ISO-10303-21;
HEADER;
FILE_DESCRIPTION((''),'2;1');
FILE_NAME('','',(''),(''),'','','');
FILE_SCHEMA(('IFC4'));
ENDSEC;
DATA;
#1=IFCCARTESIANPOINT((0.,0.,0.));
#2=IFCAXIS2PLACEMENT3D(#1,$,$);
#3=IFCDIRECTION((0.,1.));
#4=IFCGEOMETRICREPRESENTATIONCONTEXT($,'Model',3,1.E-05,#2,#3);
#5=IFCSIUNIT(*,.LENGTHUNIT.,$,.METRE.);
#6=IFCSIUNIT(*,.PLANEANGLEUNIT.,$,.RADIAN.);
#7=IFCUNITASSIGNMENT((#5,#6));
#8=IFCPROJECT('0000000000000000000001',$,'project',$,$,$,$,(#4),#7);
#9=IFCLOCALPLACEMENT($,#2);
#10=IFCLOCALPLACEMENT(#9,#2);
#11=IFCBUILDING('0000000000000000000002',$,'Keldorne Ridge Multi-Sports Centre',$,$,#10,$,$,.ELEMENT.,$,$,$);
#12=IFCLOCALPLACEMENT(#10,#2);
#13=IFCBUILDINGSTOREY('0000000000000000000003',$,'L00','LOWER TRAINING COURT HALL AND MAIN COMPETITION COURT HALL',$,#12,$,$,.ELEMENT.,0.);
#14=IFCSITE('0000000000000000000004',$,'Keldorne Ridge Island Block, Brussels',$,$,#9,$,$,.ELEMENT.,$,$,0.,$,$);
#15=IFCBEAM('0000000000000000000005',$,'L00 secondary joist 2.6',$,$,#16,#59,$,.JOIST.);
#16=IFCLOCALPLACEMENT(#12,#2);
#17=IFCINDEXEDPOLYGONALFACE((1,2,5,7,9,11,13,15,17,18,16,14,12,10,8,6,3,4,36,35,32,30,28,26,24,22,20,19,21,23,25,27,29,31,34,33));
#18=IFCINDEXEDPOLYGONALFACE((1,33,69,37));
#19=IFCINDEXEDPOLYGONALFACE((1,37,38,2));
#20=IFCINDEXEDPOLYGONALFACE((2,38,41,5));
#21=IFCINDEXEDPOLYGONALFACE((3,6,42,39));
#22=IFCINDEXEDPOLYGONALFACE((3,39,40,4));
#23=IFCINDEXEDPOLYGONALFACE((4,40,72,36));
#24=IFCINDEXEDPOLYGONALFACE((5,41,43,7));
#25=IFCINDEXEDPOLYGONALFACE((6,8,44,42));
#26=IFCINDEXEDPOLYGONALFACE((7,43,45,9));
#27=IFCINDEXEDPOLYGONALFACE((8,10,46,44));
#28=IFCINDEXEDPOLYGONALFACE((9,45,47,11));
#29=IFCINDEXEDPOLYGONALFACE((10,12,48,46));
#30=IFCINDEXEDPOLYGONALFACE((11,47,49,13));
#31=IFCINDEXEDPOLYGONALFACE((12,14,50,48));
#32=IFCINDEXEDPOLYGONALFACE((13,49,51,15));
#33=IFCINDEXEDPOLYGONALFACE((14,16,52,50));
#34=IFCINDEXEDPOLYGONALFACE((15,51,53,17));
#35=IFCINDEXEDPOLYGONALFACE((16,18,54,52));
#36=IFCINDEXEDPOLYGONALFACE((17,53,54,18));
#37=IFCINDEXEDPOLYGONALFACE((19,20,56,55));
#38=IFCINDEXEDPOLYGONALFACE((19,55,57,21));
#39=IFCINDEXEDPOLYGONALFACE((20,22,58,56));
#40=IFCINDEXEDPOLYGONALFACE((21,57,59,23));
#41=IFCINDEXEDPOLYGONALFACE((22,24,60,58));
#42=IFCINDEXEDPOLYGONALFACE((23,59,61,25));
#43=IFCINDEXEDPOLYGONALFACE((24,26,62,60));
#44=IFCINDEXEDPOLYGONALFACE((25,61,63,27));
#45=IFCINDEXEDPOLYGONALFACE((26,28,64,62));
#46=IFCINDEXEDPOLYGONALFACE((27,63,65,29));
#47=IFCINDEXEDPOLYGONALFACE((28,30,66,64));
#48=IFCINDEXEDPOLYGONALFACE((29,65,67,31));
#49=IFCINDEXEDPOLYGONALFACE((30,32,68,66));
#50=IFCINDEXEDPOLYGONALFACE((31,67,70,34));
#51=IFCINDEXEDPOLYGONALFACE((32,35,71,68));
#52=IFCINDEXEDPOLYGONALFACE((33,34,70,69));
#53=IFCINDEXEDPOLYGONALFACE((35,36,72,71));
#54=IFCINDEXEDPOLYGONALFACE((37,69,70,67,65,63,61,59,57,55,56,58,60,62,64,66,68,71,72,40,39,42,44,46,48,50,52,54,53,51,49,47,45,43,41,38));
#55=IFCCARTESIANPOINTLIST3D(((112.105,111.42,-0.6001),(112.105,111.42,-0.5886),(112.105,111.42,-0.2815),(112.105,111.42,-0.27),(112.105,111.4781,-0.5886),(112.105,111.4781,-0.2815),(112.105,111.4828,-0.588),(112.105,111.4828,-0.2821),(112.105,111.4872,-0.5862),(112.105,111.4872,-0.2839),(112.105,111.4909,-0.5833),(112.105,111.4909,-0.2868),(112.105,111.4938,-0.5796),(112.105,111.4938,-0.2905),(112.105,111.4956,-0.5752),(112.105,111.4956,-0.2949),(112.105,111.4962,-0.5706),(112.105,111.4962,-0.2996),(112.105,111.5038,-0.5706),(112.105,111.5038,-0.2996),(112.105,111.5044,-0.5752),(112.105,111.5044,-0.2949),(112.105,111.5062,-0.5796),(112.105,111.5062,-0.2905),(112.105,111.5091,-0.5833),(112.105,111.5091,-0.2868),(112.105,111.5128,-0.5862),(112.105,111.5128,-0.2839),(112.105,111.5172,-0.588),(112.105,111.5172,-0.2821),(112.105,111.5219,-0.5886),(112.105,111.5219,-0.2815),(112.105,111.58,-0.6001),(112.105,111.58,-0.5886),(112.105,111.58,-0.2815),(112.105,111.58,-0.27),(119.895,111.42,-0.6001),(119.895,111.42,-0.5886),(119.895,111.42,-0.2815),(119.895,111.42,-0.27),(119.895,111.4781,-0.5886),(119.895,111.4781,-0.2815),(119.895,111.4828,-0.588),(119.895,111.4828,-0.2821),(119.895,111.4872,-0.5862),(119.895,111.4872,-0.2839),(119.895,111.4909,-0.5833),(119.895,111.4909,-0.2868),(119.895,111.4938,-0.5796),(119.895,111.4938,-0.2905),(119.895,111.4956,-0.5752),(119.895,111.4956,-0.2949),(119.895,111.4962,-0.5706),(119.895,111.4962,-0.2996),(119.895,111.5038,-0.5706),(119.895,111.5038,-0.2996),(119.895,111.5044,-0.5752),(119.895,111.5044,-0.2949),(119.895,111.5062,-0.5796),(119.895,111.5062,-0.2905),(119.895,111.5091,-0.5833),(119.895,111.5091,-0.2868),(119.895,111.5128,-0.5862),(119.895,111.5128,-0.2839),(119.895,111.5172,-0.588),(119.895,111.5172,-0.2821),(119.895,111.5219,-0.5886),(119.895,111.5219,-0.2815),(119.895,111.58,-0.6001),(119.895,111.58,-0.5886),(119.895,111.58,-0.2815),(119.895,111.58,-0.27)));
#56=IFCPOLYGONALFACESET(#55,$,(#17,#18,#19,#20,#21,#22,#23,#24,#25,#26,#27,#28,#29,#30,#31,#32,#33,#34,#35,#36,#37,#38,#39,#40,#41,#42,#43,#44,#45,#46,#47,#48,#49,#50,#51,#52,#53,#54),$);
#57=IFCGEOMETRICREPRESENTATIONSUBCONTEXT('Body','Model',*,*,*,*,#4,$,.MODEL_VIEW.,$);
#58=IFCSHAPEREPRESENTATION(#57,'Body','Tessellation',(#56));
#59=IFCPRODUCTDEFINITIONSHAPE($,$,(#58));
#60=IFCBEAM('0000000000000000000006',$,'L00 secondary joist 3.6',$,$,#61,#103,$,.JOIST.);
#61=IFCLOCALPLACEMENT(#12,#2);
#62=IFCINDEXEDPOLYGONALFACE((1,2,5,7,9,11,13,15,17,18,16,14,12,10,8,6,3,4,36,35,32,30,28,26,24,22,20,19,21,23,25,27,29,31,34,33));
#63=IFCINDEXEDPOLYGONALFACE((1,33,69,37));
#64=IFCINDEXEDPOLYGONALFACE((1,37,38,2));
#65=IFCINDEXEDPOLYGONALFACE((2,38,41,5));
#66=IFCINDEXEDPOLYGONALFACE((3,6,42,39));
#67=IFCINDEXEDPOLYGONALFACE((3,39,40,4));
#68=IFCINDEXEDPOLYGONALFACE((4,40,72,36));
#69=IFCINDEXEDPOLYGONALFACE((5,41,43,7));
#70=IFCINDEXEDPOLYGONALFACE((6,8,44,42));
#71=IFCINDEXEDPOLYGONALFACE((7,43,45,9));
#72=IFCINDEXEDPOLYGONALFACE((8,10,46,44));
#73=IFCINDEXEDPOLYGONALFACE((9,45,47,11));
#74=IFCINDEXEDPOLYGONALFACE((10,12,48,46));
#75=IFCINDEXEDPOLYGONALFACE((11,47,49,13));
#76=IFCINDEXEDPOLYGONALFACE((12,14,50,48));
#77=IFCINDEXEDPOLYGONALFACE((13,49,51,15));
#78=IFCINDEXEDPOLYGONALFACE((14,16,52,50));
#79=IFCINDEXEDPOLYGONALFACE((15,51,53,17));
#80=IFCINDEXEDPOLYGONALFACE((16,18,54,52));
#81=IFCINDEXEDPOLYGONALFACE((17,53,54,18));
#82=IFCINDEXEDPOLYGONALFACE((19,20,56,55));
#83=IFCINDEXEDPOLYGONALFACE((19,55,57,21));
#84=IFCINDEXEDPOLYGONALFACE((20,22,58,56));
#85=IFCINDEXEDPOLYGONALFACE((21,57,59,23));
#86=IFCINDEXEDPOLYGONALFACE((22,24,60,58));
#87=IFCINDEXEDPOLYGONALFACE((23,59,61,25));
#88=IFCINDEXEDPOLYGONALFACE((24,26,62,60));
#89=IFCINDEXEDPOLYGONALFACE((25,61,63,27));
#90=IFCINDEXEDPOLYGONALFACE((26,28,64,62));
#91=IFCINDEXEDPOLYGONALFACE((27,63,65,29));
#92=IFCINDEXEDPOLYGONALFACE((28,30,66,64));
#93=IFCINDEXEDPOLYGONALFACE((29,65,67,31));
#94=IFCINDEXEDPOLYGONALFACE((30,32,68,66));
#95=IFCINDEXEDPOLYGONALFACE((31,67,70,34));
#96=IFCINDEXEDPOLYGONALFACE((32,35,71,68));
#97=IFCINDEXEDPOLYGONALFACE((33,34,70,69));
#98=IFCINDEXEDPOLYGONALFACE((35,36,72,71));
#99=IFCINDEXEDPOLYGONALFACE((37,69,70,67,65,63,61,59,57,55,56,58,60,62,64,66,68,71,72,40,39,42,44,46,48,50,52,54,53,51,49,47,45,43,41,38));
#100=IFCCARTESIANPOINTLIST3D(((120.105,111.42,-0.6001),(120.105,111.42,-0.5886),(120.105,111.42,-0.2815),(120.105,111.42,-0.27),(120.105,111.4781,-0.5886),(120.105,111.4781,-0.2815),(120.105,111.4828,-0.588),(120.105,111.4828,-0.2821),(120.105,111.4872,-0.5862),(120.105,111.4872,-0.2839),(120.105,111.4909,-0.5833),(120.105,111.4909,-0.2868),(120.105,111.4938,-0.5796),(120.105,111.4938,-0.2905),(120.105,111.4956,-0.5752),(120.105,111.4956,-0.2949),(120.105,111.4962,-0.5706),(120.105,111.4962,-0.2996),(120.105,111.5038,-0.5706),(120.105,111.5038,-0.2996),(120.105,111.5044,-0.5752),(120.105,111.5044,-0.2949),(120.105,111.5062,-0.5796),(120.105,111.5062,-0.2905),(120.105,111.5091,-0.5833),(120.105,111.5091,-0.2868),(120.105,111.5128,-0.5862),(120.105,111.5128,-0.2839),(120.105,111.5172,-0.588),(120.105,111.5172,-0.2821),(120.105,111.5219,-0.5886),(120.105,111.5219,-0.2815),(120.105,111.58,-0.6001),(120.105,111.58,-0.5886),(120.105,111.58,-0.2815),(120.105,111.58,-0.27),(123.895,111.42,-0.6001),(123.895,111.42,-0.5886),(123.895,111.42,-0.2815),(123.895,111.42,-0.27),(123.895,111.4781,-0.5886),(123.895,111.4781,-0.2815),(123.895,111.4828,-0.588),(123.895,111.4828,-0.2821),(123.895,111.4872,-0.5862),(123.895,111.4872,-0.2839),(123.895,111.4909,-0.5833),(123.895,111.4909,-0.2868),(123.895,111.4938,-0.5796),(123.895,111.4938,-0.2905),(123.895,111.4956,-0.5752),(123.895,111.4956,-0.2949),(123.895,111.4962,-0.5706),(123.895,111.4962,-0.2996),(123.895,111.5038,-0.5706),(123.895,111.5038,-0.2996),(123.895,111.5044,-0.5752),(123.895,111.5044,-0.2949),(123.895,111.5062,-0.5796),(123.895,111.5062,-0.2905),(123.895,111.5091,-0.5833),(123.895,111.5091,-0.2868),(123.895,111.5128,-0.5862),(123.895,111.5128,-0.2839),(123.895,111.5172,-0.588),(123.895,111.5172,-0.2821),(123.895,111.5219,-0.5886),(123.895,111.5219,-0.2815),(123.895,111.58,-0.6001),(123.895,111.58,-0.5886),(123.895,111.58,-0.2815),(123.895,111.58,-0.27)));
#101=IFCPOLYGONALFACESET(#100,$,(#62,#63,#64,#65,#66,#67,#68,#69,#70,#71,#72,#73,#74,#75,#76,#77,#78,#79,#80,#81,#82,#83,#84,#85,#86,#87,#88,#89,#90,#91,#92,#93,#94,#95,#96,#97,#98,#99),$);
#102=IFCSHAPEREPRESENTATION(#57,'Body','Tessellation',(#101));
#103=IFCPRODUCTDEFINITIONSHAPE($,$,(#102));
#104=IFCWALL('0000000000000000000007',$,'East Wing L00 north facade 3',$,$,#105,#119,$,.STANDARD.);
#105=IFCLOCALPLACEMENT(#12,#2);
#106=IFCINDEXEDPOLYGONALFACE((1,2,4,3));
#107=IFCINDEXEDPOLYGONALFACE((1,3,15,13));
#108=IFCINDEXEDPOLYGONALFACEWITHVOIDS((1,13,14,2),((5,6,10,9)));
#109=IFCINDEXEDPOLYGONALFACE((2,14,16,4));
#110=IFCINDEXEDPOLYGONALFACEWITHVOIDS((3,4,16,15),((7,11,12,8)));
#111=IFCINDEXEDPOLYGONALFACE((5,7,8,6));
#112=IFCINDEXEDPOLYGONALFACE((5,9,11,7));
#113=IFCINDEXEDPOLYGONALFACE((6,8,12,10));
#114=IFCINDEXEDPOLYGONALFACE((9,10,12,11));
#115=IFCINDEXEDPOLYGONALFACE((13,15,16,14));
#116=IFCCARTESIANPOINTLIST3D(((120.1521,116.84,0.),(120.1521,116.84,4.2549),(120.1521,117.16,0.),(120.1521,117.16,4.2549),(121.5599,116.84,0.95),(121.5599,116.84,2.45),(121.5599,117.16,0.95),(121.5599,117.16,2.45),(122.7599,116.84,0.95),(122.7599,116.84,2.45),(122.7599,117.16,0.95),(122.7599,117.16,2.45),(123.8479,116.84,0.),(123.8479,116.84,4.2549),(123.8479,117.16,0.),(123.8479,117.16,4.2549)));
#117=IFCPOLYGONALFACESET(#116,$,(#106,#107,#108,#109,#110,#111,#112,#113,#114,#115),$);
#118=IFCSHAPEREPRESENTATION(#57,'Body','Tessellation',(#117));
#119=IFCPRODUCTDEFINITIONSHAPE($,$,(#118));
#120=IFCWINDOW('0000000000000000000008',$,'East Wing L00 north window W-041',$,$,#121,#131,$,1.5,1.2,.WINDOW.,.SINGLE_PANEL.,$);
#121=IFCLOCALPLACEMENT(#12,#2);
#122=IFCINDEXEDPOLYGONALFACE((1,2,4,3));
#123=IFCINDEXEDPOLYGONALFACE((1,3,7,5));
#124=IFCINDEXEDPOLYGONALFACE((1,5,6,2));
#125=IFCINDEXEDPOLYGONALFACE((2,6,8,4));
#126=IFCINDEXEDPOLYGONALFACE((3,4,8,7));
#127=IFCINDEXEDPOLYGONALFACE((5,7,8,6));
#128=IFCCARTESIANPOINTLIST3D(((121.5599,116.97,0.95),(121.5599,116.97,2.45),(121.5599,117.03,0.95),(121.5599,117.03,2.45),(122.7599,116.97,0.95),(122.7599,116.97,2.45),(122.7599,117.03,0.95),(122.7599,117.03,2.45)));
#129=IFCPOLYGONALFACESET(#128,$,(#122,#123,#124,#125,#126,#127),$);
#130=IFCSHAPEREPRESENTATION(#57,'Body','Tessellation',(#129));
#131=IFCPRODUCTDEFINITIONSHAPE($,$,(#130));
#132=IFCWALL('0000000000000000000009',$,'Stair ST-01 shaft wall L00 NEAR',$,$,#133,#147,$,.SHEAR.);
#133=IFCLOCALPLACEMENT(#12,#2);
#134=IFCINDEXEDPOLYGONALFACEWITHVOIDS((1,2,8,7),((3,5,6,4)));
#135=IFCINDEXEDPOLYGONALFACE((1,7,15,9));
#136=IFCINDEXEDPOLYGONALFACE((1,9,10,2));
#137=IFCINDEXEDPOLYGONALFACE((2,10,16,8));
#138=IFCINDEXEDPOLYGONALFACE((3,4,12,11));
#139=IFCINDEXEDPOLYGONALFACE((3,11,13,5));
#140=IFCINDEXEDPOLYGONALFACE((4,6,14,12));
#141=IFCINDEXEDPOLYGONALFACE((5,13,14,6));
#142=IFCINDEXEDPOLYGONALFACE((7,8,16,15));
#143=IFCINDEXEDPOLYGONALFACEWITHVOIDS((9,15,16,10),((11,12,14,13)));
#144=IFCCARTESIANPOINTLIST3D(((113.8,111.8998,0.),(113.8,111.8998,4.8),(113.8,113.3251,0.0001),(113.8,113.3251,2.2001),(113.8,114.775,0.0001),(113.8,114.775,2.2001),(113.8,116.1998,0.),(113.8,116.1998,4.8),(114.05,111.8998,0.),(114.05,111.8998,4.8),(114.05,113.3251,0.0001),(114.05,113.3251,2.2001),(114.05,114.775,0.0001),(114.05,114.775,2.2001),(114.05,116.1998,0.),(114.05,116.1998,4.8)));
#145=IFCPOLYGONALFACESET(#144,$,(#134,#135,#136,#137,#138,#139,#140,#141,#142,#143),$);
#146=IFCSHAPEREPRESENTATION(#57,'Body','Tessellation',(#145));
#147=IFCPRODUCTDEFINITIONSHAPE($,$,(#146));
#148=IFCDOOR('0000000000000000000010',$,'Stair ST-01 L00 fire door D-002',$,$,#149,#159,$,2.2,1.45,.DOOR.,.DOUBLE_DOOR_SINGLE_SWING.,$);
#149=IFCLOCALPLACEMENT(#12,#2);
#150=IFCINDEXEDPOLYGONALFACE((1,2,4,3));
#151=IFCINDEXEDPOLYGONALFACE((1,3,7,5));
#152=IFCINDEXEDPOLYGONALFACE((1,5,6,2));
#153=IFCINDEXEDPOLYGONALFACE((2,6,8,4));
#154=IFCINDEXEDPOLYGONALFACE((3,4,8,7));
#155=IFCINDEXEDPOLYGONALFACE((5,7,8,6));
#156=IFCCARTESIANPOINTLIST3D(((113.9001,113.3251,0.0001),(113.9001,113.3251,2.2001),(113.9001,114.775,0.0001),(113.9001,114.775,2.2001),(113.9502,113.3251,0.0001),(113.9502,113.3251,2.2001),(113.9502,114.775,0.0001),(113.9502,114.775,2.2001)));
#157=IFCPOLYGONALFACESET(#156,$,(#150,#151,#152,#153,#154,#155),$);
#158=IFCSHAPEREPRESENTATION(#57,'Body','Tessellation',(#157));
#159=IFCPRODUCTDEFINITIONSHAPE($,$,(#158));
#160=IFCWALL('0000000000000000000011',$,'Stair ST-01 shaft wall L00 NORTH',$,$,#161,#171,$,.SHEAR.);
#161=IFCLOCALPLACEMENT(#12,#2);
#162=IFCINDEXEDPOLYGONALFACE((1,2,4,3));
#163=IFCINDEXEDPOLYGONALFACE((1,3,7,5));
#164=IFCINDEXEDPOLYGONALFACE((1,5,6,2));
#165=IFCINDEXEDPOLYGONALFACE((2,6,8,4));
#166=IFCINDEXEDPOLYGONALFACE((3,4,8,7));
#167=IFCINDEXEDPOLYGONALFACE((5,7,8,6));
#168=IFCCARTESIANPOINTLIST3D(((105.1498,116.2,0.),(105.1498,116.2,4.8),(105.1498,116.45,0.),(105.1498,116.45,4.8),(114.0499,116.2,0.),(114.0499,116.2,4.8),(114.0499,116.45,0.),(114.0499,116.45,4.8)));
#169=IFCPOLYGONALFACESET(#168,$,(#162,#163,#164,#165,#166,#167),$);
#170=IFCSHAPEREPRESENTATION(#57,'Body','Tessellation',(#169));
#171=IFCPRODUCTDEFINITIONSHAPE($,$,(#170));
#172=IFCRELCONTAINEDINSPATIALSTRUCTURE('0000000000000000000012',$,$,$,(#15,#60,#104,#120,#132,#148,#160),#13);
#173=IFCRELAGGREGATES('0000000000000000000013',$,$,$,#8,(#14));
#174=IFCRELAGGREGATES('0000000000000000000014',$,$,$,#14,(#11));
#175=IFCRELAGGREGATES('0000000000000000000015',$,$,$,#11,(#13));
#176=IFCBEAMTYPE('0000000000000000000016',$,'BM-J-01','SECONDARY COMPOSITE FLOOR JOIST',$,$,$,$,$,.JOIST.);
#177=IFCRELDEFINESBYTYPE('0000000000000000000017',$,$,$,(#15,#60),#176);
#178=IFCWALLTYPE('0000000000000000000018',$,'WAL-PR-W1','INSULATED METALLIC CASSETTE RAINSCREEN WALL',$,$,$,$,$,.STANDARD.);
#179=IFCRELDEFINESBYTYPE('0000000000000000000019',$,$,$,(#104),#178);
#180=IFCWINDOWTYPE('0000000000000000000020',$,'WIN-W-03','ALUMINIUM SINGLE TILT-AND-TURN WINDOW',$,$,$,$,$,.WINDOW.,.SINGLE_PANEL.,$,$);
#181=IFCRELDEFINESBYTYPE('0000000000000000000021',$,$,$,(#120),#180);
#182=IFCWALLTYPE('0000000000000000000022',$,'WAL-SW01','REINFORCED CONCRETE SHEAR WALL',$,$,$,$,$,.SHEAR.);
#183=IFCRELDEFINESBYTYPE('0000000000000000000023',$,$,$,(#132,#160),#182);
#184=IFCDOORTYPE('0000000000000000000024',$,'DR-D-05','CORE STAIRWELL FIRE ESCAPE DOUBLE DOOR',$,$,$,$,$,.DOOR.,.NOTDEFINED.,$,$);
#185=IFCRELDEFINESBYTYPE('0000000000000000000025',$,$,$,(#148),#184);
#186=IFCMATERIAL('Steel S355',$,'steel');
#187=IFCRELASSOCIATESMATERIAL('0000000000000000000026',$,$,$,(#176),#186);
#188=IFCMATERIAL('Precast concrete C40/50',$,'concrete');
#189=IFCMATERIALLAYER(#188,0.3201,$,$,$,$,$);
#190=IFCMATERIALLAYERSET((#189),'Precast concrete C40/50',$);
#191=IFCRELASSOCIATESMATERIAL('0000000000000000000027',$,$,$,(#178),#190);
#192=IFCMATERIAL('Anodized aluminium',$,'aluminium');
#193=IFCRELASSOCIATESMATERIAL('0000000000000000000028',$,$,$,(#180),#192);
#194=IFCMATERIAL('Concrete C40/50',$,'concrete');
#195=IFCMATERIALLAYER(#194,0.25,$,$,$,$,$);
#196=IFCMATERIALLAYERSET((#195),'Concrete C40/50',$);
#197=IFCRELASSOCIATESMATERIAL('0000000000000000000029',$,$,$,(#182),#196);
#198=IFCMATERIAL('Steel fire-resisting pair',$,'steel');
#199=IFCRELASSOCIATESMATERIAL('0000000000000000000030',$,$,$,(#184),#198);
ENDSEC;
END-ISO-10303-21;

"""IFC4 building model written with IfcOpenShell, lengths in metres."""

from ifc_helpers import new_model, si_unit, direction, frame, frame_2d, origin, origin_2d, place, context, subcontext, project, spatial, rectangle, i_section, extrude, material, layer, layer_set, material_profile, profile_set, type_object, element, fill, save


model = new_model("IFC4")

# Units and contexts
model_context = context("Model", 3, precision=1e-05, world=origin(), true_north=direction((0.0, 1.0)))
body_context = subcontext(model_context, "Body", "Model", "MODEL_VIEW")
ifc_project = project(units=[si_unit("LENGTHUNIT", "METRE"), si_unit("PLANEANGLEUNIT", "RADIAN")], contexts=[model_context])

# Site, building, storey
site_placement = place(None, origin())
site = spatial("IfcSite", under=ifc_project, at=site_placement, Name="Keldorne Ridge Island Block, Brussels", CompositionType="ELEMENT", RefElevation=0.0)
building_placement = place(site_placement, origin())
building = spatial("IfcBuilding", under=site, at=building_placement, Name="Keldorne Ridge Multi-Sports Centre", CompositionType="ELEMENT")
storey_placement = place(building_placement, origin())
storey = spatial("IfcBuildingStorey", under=building, at=storey_placement, Name="L00", Description="LOWER TRAINING COURT HALL AND MAIN COMPETITION COURT HALL", CompositionType="ELEMENT", Elevation=0.0)

# Shared definitions
ifc_material_1 = material(Name="Steel S355", Category="steel")

# Beams
ifc_material_profile_1 = material_profile(ifc_material_1, i_section(OverallWidth=0.1599, OverallDepth=0.3301, WebThickness=0.0076, FlangeThickness=0.0115, FilletRadius=0.0181, at=origin_2d()), Name="IPE 330")
ifc_profile_set_1 = profile_set([ifc_material_profile_1], Name="Steel S355")
beam_type_1 = type_object("IfcBeamType", Name="BM-J-01", Description="SECONDARY COMPOSITE FLOOR JOIST", PredefinedType="JOIST", material=ifc_profile_set_1)
beam_1_placement = place(storey_placement, frame((112.105, 111.5, -0.4351), z_axis=(1.0, 0.0, 0.0), x_axis=(0.0, 1.0, 0.0)))
element("IfcBeam", 1, at=beam_1_placement, inside=storey, type_object=beam_type_1, Name="L00 secondary joist 2.6", PredefinedType="JOIST", context=body_context, shape_type="SweptSolid", body=[
    extrude(i_section(OverallWidth=0.1599, OverallDepth=0.3301, WebThickness=0.0076, FlangeThickness=0.0115, FilletRadius=0.0181, at=origin_2d()), origin(), (0.0, 0.0, 1.0), 7.79),
])
beam_2_placement = place(storey_placement, frame((120.105, 111.5, -0.4351), z_axis=(1.0, 0.0, 0.0), x_axis=(0.0, 1.0, 0.0)))
element("IfcBeam", 2, at=beam_2_placement, inside=storey, type_object=beam_type_1, Name="L00 secondary joist 3.6", PredefinedType="JOIST", context=body_context, shape_type="SweptSolid", body=[
    extrude(i_section(OverallWidth=0.1599, OverallDepth=0.3301, WebThickness=0.0076, FlangeThickness=0.0115, FilletRadius=0.0181, at=origin_2d()), origin(), (0.0, 0.0, 1.0), 3.79),
])

# Shared definitions
ifc_material_2 = material(Name="Precast concrete C40/50", Category="concrete")
ifc_layer_1 = layer(ifc_material_2, 0.3201)
ifc_layer_set_1 = layer_set([ifc_layer_1], Name="Precast concrete C40/50")
wall_type_1 = type_object("IfcWallType", Name="WAL-PR-W1", Description="INSULATED METALLIC CASSETTE RAINSCREEN WALL", PredefinedType="STANDARD", material=ifc_layer_set_1)
ifc_material_3 = material(Name="Anodized aluminium", Category="aluminium")

# Wall, opening, window
wall_1_placement = place(storey_placement, frame((123.8479, 117.0, 0.0), z_axis=(0.0, 0.0, 1.0), x_axis=(-1.0, 0.0, 0.0)))
wall_1 = element("IfcWall", 3, at=wall_1_placement, inside=storey, type_object=wall_type_1, Name="East Wing L00 north facade 3", PredefinedType="STANDARD", context=body_context, shape_type="SweptSolid", body=[
    extrude(rectangle(XDim=3.6958, YDim=0.3201, at=frame_2d((1.8479, 0.0))), origin(), (0.0, 0.0, 1.0), 4.2549),
])
opening_1_placement = place(wall_1_placement, frame((1.0879, 0.0, 0.95)))
opening_1 = element("IfcOpeningElement", 4, at=opening_1_placement, cuts=wall_1, PredefinedType="OPENING", context=body_context, shape_type="SweptSolid", body=[
    extrude(rectangle(XDim=1.2, YDim=1.5, at=frame_2d((0.6001, 0.75))), frame((0.0, 0.1699, 0.0), z_axis=(0.0, -1.0, 0.0), x_axis=(1.0, 0.0, 0.0)), (0.0, 0.0, 1.0), 0.3401),
])
window_type = type_object("IfcWindowType", Name="WIN-W-03", Description="ALUMINIUM SINGLE TILT-AND-TURN WINDOW", PartitioningType="SINGLE_PANEL", PredefinedType="WINDOW", material=ifc_material_3)
window_placement = place(opening_1_placement, origin())
window = element("IfcWindow", 5, at=window_placement, inside=storey, type_object=window_type, Name="East Wing L00 north window W-041", OverallHeight=1.5, OverallWidth=1.2, PartitioningType="SINGLE_PANEL", PredefinedType="WINDOW", context=body_context, shape_type="SweptSolid", body=[
    extrude(rectangle(XDim=1.2, YDim=1.5, at=frame_2d((0.6001, 0.75))), frame((0.0, 0.03, 0.0), z_axis=(0.0, -1.0, 0.0), x_axis=(1.0, 0.0, 0.0)), (0.0, 0.0, 1.0), 0.0601),
])
fill(opening_1, window)

# Wall, opening, door
ifc_material_4 = material(Name="Concrete C40/50", Category="concrete")
ifc_layer_2 = layer(ifc_material_4, 0.25)
ifc_layer_set_2 = layer_set([ifc_layer_2], Name="Concrete C40/50")
wall_type_2 = type_object("IfcWallType", Name="WAL-SW01", Description="REINFORCED CONCRETE SHEAR WALL", PredefinedType="SHEAR", material=ifc_layer_set_2)
wall_2_placement = place(storey_placement, frame((113.925, 111.8999, 0.0), z_axis=(0.0, 0.0, 1.0), x_axis=(0.0, 1.0, 0.0)))
wall_2 = element("IfcWall", 6, at=wall_2_placement, inside=storey, type_object=wall_type_2, Name="Stair ST-01 shaft wall L00 NEAR", PredefinedType="SHEAR", context=body_context, shape_type="SweptSolid", body=[
    extrude(rectangle(XDim=4.3, YDim=0.25, at=frame_2d((2.1499, 0.0))), origin(), (0.0, 0.0, 1.0), 4.8),
])
opening_2_placement = place(wall_2_placement, frame((1.425, 0.0, 0.0)))
opening_2 = element("IfcOpeningElement", 7, at=opening_2_placement, cuts=wall_2, PredefinedType="OPENING", context=body_context, shape_type="SweptSolid", body=[
    extrude(rectangle(XDim=1.45, YDim=2.2, at=frame_2d((0.7251, 1.1001))), frame((0.0, 0.135, 0.0), z_axis=(0.0, -1.0, 0.0), x_axis=(1.0, 0.0, 0.0)), (0.0, 0.0, 1.0), 0.27),
])
ifc_material_5 = material(Name="Steel fire-resisting pair", Category="steel")
door_type_1 = type_object("IfcDoorType", Name="DR-D-05", Description="CORE STAIRWELL FIRE ESCAPE DOUBLE DOOR", OperationType="NOTDEFINED", PredefinedType="DOOR", material=ifc_material_5)
door_1_placement = place(opening_2_placement, origin())
door_1 = element("IfcDoor", 8, at=door_1_placement, inside=storey, type_object=door_type_1, Name="Stair ST-01 L00 fire door D-002", OperationType="DOUBLE_DOOR_SINGLE_SWING", OverallHeight=2.2, OverallWidth=1.45, PredefinedType="DOOR", context=body_context, shape_type="SweptSolid", body=[
    extrude(rectangle(XDim=1.45, YDim=2.2, at=frame_2d((0.7251, 1.1001))), frame((0.0, 0.0249, 0.0), z_axis=(0.0, -1.0, 0.0), x_axis=(1.0, 0.0, 0.0)), (0.0, 0.0, 1.0), 0.05),
])
fill(opening_2, door_1)

# Wall
wall_3_placement = place(storey_placement, frame((114.05, 116.325, 0.0), z_axis=(0.0, 0.0, 1.0), x_axis=(-1.0, 0.0, 0.0)))
element("IfcWall", 9, at=wall_3_placement, inside=storey, type_object=wall_type_2, Name="Stair ST-01 shaft wall L00 NORTH", PredefinedType="SHEAR", context=body_context, shape_type="SweptSolid", body=[
    extrude(rectangle(XDim=8.9001, YDim=0.25, at=frame_2d((4.4502, 0.0))), origin(), (0.0, 0.0, 1.0), 4.8),
])

save(model, "model.ifc")
